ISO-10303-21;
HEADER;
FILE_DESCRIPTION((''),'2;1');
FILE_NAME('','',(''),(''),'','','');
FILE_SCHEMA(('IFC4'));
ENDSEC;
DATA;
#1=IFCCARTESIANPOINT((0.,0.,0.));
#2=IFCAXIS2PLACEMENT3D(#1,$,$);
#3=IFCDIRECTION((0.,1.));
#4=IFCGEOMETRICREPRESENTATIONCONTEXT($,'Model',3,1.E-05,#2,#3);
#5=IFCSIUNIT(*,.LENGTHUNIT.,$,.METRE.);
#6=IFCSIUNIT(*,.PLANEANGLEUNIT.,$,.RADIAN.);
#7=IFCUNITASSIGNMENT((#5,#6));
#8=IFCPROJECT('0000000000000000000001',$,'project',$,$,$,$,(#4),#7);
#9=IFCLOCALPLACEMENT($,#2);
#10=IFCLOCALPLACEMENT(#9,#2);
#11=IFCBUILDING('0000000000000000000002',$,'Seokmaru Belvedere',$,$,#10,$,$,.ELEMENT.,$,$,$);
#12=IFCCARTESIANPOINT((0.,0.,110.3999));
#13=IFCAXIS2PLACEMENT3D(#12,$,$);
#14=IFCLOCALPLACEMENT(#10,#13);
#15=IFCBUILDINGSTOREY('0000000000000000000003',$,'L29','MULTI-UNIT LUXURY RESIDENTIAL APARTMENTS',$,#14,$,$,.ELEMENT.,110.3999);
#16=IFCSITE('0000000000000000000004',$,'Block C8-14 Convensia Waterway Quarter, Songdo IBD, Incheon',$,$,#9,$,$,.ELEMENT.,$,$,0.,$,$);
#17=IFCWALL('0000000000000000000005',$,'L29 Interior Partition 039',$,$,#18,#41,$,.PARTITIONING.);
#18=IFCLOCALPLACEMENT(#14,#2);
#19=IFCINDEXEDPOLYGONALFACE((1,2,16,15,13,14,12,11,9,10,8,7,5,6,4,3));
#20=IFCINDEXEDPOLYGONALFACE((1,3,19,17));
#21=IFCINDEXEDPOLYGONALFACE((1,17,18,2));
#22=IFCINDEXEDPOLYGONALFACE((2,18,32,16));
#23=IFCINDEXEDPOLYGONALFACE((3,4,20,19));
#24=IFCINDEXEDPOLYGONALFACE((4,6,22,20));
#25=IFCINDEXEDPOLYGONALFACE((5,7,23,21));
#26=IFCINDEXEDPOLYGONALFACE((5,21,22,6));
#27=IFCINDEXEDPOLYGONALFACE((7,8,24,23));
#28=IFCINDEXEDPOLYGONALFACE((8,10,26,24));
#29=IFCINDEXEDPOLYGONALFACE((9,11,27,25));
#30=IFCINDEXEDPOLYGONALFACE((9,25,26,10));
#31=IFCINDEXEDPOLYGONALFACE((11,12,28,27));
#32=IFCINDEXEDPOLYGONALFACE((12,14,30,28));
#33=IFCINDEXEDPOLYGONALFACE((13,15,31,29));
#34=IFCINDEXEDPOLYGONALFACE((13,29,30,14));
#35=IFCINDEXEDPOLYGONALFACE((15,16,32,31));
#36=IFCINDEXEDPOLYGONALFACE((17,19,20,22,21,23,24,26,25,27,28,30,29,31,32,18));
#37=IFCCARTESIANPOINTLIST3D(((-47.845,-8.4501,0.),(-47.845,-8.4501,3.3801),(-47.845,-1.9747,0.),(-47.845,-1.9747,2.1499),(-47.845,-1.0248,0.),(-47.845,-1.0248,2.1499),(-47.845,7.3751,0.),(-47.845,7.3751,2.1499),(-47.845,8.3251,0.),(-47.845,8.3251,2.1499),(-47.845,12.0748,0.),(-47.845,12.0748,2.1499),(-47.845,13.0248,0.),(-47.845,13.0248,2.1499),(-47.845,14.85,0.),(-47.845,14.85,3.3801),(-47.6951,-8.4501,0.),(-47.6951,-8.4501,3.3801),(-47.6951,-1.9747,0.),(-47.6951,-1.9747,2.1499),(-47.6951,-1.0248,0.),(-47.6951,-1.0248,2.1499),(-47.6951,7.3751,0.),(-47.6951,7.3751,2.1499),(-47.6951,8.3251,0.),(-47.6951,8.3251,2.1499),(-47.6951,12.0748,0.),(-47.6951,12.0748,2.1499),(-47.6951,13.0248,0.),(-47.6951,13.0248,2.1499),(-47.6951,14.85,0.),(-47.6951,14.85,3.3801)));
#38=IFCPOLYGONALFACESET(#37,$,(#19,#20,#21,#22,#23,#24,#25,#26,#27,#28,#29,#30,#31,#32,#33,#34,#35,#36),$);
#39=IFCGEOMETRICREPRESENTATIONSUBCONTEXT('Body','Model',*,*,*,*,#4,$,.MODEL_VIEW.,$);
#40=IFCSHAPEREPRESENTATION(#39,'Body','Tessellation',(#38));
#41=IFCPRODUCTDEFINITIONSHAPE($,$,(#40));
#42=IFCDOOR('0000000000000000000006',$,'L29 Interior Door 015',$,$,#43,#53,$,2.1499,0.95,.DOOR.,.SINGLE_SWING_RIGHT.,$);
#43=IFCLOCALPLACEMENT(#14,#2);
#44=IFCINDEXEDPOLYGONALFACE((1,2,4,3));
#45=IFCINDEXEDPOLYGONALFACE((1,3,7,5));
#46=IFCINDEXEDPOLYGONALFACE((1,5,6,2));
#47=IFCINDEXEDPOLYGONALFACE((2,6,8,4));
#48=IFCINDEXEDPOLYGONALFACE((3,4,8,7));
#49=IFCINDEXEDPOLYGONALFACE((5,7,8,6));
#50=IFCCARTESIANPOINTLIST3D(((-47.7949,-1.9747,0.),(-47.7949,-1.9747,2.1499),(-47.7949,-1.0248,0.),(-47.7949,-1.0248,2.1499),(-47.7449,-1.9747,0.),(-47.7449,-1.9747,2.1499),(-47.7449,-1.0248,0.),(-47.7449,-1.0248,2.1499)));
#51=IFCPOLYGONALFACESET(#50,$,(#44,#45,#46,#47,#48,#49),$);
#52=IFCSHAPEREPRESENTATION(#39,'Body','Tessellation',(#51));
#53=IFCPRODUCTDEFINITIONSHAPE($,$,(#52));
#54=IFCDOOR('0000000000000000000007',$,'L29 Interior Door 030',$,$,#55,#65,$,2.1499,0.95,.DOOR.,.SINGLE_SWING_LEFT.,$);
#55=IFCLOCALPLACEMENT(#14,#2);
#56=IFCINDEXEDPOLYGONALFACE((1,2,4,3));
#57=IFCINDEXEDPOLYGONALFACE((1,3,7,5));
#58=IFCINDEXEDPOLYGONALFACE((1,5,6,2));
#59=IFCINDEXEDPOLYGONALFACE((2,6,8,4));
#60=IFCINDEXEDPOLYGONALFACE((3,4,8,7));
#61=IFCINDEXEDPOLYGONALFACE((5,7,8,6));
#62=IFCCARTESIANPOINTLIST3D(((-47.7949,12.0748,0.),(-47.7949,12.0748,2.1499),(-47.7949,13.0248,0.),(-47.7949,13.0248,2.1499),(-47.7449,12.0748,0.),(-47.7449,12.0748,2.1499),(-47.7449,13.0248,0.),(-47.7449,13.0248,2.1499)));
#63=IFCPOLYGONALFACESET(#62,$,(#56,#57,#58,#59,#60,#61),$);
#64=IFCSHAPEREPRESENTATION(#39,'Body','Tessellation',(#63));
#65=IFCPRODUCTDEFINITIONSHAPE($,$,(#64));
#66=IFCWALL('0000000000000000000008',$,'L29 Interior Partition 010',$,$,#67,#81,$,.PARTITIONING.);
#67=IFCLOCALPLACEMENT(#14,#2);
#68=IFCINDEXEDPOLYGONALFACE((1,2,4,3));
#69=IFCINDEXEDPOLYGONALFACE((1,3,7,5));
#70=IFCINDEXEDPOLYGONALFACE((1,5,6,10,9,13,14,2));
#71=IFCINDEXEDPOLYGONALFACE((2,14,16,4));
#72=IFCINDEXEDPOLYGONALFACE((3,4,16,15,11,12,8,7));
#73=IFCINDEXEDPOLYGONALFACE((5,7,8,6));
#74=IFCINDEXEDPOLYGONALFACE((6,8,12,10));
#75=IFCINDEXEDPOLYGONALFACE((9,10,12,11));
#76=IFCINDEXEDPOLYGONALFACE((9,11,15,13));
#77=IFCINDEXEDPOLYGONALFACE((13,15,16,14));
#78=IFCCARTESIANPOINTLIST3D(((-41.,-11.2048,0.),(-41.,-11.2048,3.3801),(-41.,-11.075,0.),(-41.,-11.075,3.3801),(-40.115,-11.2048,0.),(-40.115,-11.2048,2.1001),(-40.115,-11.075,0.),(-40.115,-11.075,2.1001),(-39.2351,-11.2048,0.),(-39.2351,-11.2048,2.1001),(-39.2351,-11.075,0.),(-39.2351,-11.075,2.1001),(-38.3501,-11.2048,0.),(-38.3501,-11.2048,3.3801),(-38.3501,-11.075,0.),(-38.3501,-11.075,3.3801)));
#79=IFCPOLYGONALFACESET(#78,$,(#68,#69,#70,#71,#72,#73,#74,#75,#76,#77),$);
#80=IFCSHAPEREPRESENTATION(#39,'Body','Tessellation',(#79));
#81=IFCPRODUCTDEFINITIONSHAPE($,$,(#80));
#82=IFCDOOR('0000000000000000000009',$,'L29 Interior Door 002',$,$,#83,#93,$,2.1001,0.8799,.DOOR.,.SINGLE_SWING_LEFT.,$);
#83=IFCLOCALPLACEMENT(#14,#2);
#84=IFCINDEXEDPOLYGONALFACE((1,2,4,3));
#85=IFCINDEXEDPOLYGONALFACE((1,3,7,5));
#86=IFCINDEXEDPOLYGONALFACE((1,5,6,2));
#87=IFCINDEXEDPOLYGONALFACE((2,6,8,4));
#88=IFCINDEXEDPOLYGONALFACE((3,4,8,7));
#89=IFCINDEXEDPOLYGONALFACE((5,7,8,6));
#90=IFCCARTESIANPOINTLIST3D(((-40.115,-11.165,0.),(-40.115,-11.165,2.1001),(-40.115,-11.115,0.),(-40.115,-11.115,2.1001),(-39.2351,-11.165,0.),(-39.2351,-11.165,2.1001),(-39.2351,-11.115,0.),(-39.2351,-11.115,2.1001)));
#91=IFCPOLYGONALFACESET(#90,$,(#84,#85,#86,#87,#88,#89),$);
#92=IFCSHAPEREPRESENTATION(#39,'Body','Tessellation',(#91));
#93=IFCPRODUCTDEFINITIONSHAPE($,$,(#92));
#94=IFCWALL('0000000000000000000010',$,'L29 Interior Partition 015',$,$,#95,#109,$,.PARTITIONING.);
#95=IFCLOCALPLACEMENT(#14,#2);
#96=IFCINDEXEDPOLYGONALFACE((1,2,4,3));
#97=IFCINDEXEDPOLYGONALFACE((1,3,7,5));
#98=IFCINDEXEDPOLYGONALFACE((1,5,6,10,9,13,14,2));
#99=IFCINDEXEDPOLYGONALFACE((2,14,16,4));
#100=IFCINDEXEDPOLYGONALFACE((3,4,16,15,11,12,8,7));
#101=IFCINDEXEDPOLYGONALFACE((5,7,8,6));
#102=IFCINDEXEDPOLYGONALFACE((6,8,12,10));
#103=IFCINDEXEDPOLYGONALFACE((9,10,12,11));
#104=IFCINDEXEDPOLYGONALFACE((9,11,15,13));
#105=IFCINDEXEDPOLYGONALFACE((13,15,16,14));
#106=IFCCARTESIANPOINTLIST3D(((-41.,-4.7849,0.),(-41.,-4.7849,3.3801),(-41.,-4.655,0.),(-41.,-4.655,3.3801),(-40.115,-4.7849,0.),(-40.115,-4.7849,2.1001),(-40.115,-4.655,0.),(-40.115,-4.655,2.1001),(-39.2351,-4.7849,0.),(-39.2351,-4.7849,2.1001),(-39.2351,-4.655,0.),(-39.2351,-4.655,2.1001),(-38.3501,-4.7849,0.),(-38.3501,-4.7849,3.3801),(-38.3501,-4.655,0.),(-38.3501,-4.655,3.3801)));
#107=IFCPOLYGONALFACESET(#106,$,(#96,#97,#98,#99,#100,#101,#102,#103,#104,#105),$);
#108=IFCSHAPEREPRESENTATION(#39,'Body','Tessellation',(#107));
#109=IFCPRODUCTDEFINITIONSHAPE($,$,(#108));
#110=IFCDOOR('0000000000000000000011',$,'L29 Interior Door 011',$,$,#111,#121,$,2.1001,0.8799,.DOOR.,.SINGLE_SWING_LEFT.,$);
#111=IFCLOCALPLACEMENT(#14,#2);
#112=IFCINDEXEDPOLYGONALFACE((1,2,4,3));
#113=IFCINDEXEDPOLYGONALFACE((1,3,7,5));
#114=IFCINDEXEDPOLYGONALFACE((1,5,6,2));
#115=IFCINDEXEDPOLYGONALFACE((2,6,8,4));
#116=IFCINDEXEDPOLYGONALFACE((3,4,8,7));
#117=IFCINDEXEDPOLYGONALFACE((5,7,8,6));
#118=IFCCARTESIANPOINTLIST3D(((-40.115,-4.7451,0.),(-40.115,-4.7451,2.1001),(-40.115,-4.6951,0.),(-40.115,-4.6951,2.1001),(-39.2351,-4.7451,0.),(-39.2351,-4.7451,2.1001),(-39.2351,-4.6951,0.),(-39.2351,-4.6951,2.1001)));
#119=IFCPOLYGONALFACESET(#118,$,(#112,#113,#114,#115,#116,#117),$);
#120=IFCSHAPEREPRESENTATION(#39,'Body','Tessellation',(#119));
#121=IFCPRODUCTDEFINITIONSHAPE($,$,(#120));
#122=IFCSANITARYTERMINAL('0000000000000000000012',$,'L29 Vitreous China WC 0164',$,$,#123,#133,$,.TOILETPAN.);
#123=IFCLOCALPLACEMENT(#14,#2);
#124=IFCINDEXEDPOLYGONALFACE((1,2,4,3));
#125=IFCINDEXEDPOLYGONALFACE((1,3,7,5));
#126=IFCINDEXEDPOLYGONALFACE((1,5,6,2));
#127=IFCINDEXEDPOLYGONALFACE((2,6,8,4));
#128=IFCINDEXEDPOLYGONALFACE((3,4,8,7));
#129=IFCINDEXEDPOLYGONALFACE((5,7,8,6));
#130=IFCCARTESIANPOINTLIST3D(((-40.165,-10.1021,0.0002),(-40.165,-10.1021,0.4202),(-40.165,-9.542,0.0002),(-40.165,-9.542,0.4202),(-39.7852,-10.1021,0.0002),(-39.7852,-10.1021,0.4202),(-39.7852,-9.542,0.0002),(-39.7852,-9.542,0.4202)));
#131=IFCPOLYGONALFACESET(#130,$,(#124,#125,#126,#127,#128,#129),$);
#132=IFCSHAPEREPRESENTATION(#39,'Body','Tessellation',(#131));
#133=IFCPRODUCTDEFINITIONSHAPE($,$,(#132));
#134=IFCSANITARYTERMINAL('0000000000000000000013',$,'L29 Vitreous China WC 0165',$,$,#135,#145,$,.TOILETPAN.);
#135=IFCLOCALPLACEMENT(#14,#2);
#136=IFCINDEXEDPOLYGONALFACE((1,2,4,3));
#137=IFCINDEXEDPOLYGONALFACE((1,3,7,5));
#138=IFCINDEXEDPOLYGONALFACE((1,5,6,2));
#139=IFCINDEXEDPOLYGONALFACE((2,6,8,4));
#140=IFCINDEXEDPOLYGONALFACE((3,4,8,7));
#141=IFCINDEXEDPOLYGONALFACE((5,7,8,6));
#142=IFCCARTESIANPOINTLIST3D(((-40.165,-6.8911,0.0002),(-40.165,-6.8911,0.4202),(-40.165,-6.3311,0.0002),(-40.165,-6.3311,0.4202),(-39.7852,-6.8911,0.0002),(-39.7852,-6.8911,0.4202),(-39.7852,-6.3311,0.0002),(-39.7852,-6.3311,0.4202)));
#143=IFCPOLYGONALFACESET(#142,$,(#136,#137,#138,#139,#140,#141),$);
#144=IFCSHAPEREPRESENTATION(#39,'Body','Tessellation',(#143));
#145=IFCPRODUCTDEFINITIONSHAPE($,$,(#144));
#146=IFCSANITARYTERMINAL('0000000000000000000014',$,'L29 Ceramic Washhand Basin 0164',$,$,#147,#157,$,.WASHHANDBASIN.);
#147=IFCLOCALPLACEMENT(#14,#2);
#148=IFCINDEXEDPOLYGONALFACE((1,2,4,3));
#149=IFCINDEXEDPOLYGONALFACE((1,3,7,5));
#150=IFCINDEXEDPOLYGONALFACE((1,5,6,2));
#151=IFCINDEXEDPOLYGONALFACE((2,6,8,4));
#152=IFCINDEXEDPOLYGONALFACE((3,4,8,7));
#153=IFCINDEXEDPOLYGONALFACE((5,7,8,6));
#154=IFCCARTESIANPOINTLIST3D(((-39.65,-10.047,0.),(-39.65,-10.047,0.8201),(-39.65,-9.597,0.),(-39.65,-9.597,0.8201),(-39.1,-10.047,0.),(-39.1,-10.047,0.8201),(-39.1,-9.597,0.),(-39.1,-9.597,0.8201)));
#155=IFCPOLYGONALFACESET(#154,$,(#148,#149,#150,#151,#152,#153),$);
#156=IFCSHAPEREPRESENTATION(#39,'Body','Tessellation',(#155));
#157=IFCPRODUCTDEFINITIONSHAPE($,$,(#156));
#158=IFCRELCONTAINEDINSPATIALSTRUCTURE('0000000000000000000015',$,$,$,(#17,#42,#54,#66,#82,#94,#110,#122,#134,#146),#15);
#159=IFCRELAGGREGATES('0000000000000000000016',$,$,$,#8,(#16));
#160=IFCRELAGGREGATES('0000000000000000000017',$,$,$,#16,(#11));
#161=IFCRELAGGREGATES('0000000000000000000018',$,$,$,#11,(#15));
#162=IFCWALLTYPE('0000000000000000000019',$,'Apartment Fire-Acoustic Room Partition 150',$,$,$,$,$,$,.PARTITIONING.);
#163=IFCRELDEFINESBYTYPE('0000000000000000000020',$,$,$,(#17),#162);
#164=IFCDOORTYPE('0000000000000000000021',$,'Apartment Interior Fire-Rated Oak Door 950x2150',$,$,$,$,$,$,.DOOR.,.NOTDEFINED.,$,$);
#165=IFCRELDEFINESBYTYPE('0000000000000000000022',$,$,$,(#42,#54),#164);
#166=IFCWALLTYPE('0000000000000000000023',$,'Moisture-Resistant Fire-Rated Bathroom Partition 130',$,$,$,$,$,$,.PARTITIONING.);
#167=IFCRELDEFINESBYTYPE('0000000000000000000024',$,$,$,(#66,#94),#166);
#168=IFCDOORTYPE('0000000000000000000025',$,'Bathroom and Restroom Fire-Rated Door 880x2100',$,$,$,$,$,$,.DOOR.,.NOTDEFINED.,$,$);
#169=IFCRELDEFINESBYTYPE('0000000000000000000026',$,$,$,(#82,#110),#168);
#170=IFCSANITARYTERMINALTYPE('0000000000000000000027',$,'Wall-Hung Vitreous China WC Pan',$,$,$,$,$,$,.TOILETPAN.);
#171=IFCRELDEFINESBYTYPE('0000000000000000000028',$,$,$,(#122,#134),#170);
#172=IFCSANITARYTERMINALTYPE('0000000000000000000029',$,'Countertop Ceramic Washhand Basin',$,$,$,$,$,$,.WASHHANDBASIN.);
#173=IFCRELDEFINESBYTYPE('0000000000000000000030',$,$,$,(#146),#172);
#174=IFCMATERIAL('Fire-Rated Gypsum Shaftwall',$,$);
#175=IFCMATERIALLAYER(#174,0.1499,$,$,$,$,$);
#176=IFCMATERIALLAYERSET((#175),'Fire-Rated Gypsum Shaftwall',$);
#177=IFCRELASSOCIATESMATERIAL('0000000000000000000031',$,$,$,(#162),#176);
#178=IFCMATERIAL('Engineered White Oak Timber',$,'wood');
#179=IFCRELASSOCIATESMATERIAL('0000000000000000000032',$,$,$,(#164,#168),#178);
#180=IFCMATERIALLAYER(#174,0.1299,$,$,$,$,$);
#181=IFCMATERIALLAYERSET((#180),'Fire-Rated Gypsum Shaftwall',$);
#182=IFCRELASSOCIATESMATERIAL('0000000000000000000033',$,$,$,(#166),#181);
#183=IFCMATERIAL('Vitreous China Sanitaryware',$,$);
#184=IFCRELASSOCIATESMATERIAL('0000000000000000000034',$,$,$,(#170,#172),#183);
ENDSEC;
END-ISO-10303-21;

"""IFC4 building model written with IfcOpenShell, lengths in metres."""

from ifc_helpers import new_model, si_unit, direction, frame, frame_2d, origin, origin_2d, place, context, subcontext, project, spatial, rectangle, extrude, source, transform, mapped, material, layer, layer_set, type_object, type_shapes, element, fill, save


model = new_model("IFC4")

# Units and contexts
model_context = context("Model", 3, precision=1e-05, world=origin(), true_north=direction((0.0, 1.0)))
body_context = subcontext(model_context, "Body", "Model", "MODEL_VIEW")
ifc_project = project(units=[si_unit("LENGTHUNIT", "METRE"), si_unit("PLANEANGLEUNIT", "RADIAN")], contexts=[model_context])

# Site, building, storey
site_placement = place(None, origin())
site = spatial("IfcSite", under=ifc_project, at=site_placement, Name="Block C8-14 Convensia Waterway Quarter, Songdo IBD, Incheon", CompositionType="ELEMENT", RefElevation=0.0)
building_placement = place(site_placement, origin())
building = spatial("IfcBuilding", under=site, at=building_placement, Name="Seokmaru Belvedere", CompositionType="ELEMENT")
storey_placement = place(building_placement, frame((0.0, 0.0, 110.3999)))
storey = spatial("IfcBuildingStorey", under=building, at=storey_placement, Name="L29", Description="MULTI-UNIT LUXURY RESIDENTIAL APARTMENTS", CompositionType="ELEMENT", Elevation=110.3999)

# Wall, openings, doors
ifc_material_1 = material(Name="Fire-Rated Gypsum Shaftwall")
ifc_layer_1 = layer(ifc_material_1, 0.1499)
ifc_layer_set_1 = layer_set([ifc_layer_1], Name="Fire-Rated Gypsum Shaftwall")
wall_type_1 = type_object("IfcWallType", Name="Apartment Fire-Acoustic Room Partition 150", PredefinedType="PARTITIONING", material=ifc_layer_set_1)
wall_1_placement = place(storey_placement, frame((-47.77, -8.45, 0.0), z_axis=(0.0, 0.0, 1.0), x_axis=(0.0, 1.0, 0.0)))
wall_1 = element("IfcWall", 1, at=wall_1_placement, inside=storey, type_object=wall_type_1, Name="L29 Interior Partition 039", PredefinedType="PARTITIONING", context=body_context, shape_type="SweptSolid", body=[
    extrude(rectangle(XDim=23.3, YDim=0.1499, at=frame_2d((11.6499, 0.0))), origin(), (0.0, 0.0, 1.0), 3.3801),
])
opening_1_placement = place(wall_1_placement, frame((6.4751, 0.0, 0.0)))
opening_1 = element("IfcOpeningElement", 2, at=opening_1_placement, cuts=wall_1, PredefinedType="OPENING", context=body_context, shape_type="SweptSolid", body=[
    extrude(rectangle(XDim=0.95, YDim=2.1499, at=frame_2d((0.4751, 1.075))), frame((0.0, 0.085, 0.0), z_axis=(0.0, -1.0, 0.0), x_axis=(1.0, 0.0, 0.0)), (0.0, 0.0, 1.0), 0.1699),
])
opening_2_placement = place(wall_1_placement, frame((20.5247, 0.0, 0.0)))
opening_2 = element("IfcOpeningElement", 3, at=opening_2_placement, cuts=wall_1, PredefinedType="OPENING", context=body_context, shape_type="SweptSolid", body=[
    extrude(rectangle(XDim=0.95, YDim=2.1499, at=frame_2d((0.4751, 1.075))), frame((0.0, 0.085, 0.0), z_axis=(0.0, -1.0, 0.0), x_axis=(1.0, 0.0, 0.0)), (0.0, 0.0, 1.0), 0.1699),
])
opening_3_placement = place(wall_1_placement, frame((15.825, 0.0, 0.0)))
element("IfcOpeningElement", 4, at=opening_3_placement, cuts=wall_1, PredefinedType="OPENING", context=body_context, shape_type="SweptSolid", body=[
    extrude(rectangle(XDim=0.95, YDim=2.1499, at=frame_2d((0.4751, 1.075))), frame((0.0, 0.085, 0.0), z_axis=(0.0, -1.0, 0.0), x_axis=(1.0, 0.0, 0.0)), (0.0, 0.0, 1.0), 0.1699),
])
ifc_material_2 = material(Name="Engineered White Oak Timber", Category="wood")
door_type_1 = type_object("IfcDoorType", Name="Apartment Interior Fire-Rated Oak Door 950x2150", OperationType="NOTDEFINED", PredefinedType="DOOR", material=ifc_material_2)
shared_shape_1 = source(origin(), body_context, "Body", "SweptSolid", [
    extrude(rectangle(XDim=0.95, YDim=2.1499, at=frame_2d((0.4751, 1.075))), frame((0.0, 0.0249, 0.0), z_axis=(0.0, -1.0, 0.0), x_axis=(1.0, 0.0, 0.0)), (0.0, 0.0, 1.0), 0.05),
])
type_shapes(door_type_1, [shared_shape_1])
door_1_placement = place(opening_1_placement, origin())
door_1 = element("IfcDoor", 5, at=door_1_placement, inside=storey, type_object=door_type_1, Name="L29 Interior Door 015", OperationType="SINGLE_SWING_RIGHT", OverallHeight=2.1499, OverallWidth=0.95, PredefinedType="DOOR", context=body_context, shape_type="MappedRepresentation", body=[
    mapped(shared_shape_1, transform((0.0, 0.0, 0.0), scale=1.0)),
])
fill(opening_1, door_1)
door_2_placement = place(opening_2_placement, origin())
door_2 = element("IfcDoor", 6, at=door_2_placement, inside=storey, type_object=door_type_1, Name="L29 Interior Door 030", OperationType="SINGLE_SWING_LEFT", OverallHeight=2.1499, OverallWidth=0.95, PredefinedType="DOOR", context=body_context, shape_type="MappedRepresentation", body=[
    mapped(shared_shape_1, transform((0.0, 0.0, 0.0), scale=1.0)),
])
fill(opening_2, door_2)

# Walls, openings, doors
ifc_layer_2 = layer(ifc_material_1, 0.1299)
ifc_layer_set_2 = layer_set([ifc_layer_2], Name="Fire-Rated Gypsum Shaftwall")
wall_type_2 = type_object("IfcWallType", Name="Moisture-Resistant Fire-Rated Bathroom Partition 130", PredefinedType="PARTITIONING", material=ifc_layer_set_2)
wall_2_placement = place(storey_placement, frame((-41.0, -11.1399, 0.0), z_axis=(0.0, 0.0, 1.0), x_axis=(1.0, 0.0, 0.0)))
wall_2 = element("IfcWall", 7, at=wall_2_placement, inside=storey, type_object=wall_type_2, Name="L29 Interior Partition 010", PredefinedType="PARTITIONING", context=body_context, shape_type="SweptSolid", body=[
    extrude(rectangle(XDim=2.6499, YDim=0.1299, at=frame_2d((1.325, 0.0))), origin(), (0.0, 0.0, 1.0), 3.3801),
])
opening_4_placement = place(wall_2_placement, frame((0.885, 0.0, 0.0)))
opening_4 = element("IfcOpeningElement", 8, at=opening_4_placement, cuts=wall_2, PredefinedType="OPENING", context=body_context, shape_type="SweptSolid", body=[
    extrude(rectangle(XDim=0.8799, YDim=2.1001, at=frame_2d((0.4399, 1.05))), frame((0.0, 0.075, 0.0), z_axis=(0.0, -1.0, 0.0), x_axis=(1.0, 0.0, 0.0)), (0.0, 0.0, 1.0), 0.1499),
])
door_type_2 = type_object("IfcDoorType", Name="Bathroom and Restroom Fire-Rated Door 880x2100", OperationType="NOTDEFINED", PredefinedType="DOOR", material=ifc_material_2)
shared_shape_2 = source(origin(), body_context, "Body", "SweptSolid", [
    extrude(rectangle(XDim=0.8799, YDim=2.1001, at=frame_2d((0.4399, 1.05))), frame((0.0, 0.0249, 0.0), z_axis=(0.0, -1.0, 0.0), x_axis=(1.0, 0.0, 0.0)), (0.0, 0.0, 1.0), 0.05),
])
type_shapes(door_type_2, [shared_shape_2])
door_3_placement = place(opening_4_placement, origin())
door_3 = element("IfcDoor", 9, at=door_3_placement, inside=storey, type_object=door_type_2, Name="L29 Interior Door 002", OperationType="SINGLE_SWING_LEFT", OverallHeight=2.1001, OverallWidth=0.8799, PredefinedType="DOOR", context=body_context, shape_type="MappedRepresentation", body=[
    mapped(shared_shape_2, transform((0.0, 0.0, 0.0), scale=1.0)),
])
fill(opening_4, door_3)
wall_3_placement = place(storey_placement, frame((-41.0, -4.72, 0.0), z_axis=(0.0, 0.0, 1.0), x_axis=(1.0, 0.0, 0.0)))
wall_3 = element("IfcWall", 10, at=wall_3_placement, inside=storey, type_object=wall_type_2, Name="L29 Interior Partition 015", PredefinedType="PARTITIONING", context=body_context, shape_type="SweptSolid", body=[
    extrude(rectangle(XDim=2.6499, YDim=0.1299, at=frame_2d((1.325, 0.0))), origin(), (0.0, 0.0, 1.0), 3.3801),
])
opening_5_placement = place(wall_3_placement, frame((0.885, 0.0, 0.0)))
opening_5 = element("IfcOpeningElement", 11, at=opening_5_placement, cuts=wall_3, PredefinedType="OPENING", context=body_context, shape_type="SweptSolid", body=[
    extrude(rectangle(XDim=0.8799, YDim=2.1001, at=frame_2d((0.4399, 1.05))), frame((0.0, 0.075, 0.0), z_axis=(0.0, -1.0, 0.0), x_axis=(1.0, 0.0, 0.0)), (0.0, 0.0, 1.0), 0.1499),
])
door_4_placement = place(opening_5_placement, origin())
door_4 = element("IfcDoor", 12, at=door_4_placement, inside=storey, type_object=door_type_2, Name="L29 Interior Door 011", OperationType="SINGLE_SWING_LEFT", OverallHeight=2.1001, OverallWidth=0.8799, PredefinedType="DOOR", context=body_context, shape_type="MappedRepresentation", body=[
    mapped(shared_shape_2, transform((0.0, 0.0, 0.0), scale=1.0)),
])
fill(opening_5, door_4)

# Sanitary terminals
ifc_material_3 = material(Name="Vitreous China Sanitaryware")
sanitary_terminal_type_1 = type_object("IfcSanitaryTerminalType", Name="Wall-Hung Vitreous China WC Pan", PredefinedType="TOILETPAN", material=ifc_material_3)
shared_shape_3 = source(origin(), body_context, "Body", "SweptSolid", [
    extrude(rectangle(XDim=0.3799, YDim=0.5601, at=origin_2d()), origin(), (0.0, 0.0, 1.0), 0.4199),
])
type_shapes(sanitary_terminal_type_1, [shared_shape_3])
for number, where, z_axis, x_axis, name in (
    (13, (-39.9751, -9.822, 0.0002), (0.0, 0.0, 1.0), (1.0, 0.0, 0.0), "L29 Vitreous China WC 0164"),
    (14, (-39.9751, -6.6111, 0.0002), (0.0, 0.0, 1.0), (1.0, 0.0, 0.0), "L29 Vitreous China WC 0165"),
):
    element("IfcSanitaryTerminal", number, at=place(storey_placement, frame(where, z_axis=z_axis, x_axis=x_axis)), inside=storey, type_object=sanitary_terminal_type_1, Name=name, PredefinedType="TOILETPAN", context=body_context, shape_type="MappedRepresentation", body=[
        mapped(shared_shape_3, transform((0.0, 0.0, 0.0), scale=1.0)),
    ])
sanitary_terminal_type_2 = type_object("IfcSanitaryTerminalType", Name="Countertop Ceramic Washhand Basin", PredefinedType="WASHHANDBASIN", material=ifc_material_3)
shared_shape_4 = source(origin(), body_context, "Body", "SweptSolid", [
    extrude(rectangle(XDim=0.55, YDim=0.45, at=origin_2d()), origin(), (0.0, 0.0, 1.0), 0.8201),
])
type_shapes(sanitary_terminal_type_2, [shared_shape_4])
sanitary_terminal_placement = place(storey_placement, frame((-39.375, -9.822, 0.0), z_axis=(0.0, 0.0, 1.0), x_axis=(1.0, 0.0, 0.0)))
element("IfcSanitaryTerminal", 15, at=sanitary_terminal_placement, inside=storey, type_object=sanitary_terminal_type_2, Name="L29 Ceramic Washhand Basin 0164", PredefinedType="WASHHANDBASIN", context=body_context, shape_type="MappedRepresentation", body=[
    mapped(shared_shape_4, transform((0.0, 0.0, 0.0), scale=1.0)),
])

save(model, "model.ifc")
